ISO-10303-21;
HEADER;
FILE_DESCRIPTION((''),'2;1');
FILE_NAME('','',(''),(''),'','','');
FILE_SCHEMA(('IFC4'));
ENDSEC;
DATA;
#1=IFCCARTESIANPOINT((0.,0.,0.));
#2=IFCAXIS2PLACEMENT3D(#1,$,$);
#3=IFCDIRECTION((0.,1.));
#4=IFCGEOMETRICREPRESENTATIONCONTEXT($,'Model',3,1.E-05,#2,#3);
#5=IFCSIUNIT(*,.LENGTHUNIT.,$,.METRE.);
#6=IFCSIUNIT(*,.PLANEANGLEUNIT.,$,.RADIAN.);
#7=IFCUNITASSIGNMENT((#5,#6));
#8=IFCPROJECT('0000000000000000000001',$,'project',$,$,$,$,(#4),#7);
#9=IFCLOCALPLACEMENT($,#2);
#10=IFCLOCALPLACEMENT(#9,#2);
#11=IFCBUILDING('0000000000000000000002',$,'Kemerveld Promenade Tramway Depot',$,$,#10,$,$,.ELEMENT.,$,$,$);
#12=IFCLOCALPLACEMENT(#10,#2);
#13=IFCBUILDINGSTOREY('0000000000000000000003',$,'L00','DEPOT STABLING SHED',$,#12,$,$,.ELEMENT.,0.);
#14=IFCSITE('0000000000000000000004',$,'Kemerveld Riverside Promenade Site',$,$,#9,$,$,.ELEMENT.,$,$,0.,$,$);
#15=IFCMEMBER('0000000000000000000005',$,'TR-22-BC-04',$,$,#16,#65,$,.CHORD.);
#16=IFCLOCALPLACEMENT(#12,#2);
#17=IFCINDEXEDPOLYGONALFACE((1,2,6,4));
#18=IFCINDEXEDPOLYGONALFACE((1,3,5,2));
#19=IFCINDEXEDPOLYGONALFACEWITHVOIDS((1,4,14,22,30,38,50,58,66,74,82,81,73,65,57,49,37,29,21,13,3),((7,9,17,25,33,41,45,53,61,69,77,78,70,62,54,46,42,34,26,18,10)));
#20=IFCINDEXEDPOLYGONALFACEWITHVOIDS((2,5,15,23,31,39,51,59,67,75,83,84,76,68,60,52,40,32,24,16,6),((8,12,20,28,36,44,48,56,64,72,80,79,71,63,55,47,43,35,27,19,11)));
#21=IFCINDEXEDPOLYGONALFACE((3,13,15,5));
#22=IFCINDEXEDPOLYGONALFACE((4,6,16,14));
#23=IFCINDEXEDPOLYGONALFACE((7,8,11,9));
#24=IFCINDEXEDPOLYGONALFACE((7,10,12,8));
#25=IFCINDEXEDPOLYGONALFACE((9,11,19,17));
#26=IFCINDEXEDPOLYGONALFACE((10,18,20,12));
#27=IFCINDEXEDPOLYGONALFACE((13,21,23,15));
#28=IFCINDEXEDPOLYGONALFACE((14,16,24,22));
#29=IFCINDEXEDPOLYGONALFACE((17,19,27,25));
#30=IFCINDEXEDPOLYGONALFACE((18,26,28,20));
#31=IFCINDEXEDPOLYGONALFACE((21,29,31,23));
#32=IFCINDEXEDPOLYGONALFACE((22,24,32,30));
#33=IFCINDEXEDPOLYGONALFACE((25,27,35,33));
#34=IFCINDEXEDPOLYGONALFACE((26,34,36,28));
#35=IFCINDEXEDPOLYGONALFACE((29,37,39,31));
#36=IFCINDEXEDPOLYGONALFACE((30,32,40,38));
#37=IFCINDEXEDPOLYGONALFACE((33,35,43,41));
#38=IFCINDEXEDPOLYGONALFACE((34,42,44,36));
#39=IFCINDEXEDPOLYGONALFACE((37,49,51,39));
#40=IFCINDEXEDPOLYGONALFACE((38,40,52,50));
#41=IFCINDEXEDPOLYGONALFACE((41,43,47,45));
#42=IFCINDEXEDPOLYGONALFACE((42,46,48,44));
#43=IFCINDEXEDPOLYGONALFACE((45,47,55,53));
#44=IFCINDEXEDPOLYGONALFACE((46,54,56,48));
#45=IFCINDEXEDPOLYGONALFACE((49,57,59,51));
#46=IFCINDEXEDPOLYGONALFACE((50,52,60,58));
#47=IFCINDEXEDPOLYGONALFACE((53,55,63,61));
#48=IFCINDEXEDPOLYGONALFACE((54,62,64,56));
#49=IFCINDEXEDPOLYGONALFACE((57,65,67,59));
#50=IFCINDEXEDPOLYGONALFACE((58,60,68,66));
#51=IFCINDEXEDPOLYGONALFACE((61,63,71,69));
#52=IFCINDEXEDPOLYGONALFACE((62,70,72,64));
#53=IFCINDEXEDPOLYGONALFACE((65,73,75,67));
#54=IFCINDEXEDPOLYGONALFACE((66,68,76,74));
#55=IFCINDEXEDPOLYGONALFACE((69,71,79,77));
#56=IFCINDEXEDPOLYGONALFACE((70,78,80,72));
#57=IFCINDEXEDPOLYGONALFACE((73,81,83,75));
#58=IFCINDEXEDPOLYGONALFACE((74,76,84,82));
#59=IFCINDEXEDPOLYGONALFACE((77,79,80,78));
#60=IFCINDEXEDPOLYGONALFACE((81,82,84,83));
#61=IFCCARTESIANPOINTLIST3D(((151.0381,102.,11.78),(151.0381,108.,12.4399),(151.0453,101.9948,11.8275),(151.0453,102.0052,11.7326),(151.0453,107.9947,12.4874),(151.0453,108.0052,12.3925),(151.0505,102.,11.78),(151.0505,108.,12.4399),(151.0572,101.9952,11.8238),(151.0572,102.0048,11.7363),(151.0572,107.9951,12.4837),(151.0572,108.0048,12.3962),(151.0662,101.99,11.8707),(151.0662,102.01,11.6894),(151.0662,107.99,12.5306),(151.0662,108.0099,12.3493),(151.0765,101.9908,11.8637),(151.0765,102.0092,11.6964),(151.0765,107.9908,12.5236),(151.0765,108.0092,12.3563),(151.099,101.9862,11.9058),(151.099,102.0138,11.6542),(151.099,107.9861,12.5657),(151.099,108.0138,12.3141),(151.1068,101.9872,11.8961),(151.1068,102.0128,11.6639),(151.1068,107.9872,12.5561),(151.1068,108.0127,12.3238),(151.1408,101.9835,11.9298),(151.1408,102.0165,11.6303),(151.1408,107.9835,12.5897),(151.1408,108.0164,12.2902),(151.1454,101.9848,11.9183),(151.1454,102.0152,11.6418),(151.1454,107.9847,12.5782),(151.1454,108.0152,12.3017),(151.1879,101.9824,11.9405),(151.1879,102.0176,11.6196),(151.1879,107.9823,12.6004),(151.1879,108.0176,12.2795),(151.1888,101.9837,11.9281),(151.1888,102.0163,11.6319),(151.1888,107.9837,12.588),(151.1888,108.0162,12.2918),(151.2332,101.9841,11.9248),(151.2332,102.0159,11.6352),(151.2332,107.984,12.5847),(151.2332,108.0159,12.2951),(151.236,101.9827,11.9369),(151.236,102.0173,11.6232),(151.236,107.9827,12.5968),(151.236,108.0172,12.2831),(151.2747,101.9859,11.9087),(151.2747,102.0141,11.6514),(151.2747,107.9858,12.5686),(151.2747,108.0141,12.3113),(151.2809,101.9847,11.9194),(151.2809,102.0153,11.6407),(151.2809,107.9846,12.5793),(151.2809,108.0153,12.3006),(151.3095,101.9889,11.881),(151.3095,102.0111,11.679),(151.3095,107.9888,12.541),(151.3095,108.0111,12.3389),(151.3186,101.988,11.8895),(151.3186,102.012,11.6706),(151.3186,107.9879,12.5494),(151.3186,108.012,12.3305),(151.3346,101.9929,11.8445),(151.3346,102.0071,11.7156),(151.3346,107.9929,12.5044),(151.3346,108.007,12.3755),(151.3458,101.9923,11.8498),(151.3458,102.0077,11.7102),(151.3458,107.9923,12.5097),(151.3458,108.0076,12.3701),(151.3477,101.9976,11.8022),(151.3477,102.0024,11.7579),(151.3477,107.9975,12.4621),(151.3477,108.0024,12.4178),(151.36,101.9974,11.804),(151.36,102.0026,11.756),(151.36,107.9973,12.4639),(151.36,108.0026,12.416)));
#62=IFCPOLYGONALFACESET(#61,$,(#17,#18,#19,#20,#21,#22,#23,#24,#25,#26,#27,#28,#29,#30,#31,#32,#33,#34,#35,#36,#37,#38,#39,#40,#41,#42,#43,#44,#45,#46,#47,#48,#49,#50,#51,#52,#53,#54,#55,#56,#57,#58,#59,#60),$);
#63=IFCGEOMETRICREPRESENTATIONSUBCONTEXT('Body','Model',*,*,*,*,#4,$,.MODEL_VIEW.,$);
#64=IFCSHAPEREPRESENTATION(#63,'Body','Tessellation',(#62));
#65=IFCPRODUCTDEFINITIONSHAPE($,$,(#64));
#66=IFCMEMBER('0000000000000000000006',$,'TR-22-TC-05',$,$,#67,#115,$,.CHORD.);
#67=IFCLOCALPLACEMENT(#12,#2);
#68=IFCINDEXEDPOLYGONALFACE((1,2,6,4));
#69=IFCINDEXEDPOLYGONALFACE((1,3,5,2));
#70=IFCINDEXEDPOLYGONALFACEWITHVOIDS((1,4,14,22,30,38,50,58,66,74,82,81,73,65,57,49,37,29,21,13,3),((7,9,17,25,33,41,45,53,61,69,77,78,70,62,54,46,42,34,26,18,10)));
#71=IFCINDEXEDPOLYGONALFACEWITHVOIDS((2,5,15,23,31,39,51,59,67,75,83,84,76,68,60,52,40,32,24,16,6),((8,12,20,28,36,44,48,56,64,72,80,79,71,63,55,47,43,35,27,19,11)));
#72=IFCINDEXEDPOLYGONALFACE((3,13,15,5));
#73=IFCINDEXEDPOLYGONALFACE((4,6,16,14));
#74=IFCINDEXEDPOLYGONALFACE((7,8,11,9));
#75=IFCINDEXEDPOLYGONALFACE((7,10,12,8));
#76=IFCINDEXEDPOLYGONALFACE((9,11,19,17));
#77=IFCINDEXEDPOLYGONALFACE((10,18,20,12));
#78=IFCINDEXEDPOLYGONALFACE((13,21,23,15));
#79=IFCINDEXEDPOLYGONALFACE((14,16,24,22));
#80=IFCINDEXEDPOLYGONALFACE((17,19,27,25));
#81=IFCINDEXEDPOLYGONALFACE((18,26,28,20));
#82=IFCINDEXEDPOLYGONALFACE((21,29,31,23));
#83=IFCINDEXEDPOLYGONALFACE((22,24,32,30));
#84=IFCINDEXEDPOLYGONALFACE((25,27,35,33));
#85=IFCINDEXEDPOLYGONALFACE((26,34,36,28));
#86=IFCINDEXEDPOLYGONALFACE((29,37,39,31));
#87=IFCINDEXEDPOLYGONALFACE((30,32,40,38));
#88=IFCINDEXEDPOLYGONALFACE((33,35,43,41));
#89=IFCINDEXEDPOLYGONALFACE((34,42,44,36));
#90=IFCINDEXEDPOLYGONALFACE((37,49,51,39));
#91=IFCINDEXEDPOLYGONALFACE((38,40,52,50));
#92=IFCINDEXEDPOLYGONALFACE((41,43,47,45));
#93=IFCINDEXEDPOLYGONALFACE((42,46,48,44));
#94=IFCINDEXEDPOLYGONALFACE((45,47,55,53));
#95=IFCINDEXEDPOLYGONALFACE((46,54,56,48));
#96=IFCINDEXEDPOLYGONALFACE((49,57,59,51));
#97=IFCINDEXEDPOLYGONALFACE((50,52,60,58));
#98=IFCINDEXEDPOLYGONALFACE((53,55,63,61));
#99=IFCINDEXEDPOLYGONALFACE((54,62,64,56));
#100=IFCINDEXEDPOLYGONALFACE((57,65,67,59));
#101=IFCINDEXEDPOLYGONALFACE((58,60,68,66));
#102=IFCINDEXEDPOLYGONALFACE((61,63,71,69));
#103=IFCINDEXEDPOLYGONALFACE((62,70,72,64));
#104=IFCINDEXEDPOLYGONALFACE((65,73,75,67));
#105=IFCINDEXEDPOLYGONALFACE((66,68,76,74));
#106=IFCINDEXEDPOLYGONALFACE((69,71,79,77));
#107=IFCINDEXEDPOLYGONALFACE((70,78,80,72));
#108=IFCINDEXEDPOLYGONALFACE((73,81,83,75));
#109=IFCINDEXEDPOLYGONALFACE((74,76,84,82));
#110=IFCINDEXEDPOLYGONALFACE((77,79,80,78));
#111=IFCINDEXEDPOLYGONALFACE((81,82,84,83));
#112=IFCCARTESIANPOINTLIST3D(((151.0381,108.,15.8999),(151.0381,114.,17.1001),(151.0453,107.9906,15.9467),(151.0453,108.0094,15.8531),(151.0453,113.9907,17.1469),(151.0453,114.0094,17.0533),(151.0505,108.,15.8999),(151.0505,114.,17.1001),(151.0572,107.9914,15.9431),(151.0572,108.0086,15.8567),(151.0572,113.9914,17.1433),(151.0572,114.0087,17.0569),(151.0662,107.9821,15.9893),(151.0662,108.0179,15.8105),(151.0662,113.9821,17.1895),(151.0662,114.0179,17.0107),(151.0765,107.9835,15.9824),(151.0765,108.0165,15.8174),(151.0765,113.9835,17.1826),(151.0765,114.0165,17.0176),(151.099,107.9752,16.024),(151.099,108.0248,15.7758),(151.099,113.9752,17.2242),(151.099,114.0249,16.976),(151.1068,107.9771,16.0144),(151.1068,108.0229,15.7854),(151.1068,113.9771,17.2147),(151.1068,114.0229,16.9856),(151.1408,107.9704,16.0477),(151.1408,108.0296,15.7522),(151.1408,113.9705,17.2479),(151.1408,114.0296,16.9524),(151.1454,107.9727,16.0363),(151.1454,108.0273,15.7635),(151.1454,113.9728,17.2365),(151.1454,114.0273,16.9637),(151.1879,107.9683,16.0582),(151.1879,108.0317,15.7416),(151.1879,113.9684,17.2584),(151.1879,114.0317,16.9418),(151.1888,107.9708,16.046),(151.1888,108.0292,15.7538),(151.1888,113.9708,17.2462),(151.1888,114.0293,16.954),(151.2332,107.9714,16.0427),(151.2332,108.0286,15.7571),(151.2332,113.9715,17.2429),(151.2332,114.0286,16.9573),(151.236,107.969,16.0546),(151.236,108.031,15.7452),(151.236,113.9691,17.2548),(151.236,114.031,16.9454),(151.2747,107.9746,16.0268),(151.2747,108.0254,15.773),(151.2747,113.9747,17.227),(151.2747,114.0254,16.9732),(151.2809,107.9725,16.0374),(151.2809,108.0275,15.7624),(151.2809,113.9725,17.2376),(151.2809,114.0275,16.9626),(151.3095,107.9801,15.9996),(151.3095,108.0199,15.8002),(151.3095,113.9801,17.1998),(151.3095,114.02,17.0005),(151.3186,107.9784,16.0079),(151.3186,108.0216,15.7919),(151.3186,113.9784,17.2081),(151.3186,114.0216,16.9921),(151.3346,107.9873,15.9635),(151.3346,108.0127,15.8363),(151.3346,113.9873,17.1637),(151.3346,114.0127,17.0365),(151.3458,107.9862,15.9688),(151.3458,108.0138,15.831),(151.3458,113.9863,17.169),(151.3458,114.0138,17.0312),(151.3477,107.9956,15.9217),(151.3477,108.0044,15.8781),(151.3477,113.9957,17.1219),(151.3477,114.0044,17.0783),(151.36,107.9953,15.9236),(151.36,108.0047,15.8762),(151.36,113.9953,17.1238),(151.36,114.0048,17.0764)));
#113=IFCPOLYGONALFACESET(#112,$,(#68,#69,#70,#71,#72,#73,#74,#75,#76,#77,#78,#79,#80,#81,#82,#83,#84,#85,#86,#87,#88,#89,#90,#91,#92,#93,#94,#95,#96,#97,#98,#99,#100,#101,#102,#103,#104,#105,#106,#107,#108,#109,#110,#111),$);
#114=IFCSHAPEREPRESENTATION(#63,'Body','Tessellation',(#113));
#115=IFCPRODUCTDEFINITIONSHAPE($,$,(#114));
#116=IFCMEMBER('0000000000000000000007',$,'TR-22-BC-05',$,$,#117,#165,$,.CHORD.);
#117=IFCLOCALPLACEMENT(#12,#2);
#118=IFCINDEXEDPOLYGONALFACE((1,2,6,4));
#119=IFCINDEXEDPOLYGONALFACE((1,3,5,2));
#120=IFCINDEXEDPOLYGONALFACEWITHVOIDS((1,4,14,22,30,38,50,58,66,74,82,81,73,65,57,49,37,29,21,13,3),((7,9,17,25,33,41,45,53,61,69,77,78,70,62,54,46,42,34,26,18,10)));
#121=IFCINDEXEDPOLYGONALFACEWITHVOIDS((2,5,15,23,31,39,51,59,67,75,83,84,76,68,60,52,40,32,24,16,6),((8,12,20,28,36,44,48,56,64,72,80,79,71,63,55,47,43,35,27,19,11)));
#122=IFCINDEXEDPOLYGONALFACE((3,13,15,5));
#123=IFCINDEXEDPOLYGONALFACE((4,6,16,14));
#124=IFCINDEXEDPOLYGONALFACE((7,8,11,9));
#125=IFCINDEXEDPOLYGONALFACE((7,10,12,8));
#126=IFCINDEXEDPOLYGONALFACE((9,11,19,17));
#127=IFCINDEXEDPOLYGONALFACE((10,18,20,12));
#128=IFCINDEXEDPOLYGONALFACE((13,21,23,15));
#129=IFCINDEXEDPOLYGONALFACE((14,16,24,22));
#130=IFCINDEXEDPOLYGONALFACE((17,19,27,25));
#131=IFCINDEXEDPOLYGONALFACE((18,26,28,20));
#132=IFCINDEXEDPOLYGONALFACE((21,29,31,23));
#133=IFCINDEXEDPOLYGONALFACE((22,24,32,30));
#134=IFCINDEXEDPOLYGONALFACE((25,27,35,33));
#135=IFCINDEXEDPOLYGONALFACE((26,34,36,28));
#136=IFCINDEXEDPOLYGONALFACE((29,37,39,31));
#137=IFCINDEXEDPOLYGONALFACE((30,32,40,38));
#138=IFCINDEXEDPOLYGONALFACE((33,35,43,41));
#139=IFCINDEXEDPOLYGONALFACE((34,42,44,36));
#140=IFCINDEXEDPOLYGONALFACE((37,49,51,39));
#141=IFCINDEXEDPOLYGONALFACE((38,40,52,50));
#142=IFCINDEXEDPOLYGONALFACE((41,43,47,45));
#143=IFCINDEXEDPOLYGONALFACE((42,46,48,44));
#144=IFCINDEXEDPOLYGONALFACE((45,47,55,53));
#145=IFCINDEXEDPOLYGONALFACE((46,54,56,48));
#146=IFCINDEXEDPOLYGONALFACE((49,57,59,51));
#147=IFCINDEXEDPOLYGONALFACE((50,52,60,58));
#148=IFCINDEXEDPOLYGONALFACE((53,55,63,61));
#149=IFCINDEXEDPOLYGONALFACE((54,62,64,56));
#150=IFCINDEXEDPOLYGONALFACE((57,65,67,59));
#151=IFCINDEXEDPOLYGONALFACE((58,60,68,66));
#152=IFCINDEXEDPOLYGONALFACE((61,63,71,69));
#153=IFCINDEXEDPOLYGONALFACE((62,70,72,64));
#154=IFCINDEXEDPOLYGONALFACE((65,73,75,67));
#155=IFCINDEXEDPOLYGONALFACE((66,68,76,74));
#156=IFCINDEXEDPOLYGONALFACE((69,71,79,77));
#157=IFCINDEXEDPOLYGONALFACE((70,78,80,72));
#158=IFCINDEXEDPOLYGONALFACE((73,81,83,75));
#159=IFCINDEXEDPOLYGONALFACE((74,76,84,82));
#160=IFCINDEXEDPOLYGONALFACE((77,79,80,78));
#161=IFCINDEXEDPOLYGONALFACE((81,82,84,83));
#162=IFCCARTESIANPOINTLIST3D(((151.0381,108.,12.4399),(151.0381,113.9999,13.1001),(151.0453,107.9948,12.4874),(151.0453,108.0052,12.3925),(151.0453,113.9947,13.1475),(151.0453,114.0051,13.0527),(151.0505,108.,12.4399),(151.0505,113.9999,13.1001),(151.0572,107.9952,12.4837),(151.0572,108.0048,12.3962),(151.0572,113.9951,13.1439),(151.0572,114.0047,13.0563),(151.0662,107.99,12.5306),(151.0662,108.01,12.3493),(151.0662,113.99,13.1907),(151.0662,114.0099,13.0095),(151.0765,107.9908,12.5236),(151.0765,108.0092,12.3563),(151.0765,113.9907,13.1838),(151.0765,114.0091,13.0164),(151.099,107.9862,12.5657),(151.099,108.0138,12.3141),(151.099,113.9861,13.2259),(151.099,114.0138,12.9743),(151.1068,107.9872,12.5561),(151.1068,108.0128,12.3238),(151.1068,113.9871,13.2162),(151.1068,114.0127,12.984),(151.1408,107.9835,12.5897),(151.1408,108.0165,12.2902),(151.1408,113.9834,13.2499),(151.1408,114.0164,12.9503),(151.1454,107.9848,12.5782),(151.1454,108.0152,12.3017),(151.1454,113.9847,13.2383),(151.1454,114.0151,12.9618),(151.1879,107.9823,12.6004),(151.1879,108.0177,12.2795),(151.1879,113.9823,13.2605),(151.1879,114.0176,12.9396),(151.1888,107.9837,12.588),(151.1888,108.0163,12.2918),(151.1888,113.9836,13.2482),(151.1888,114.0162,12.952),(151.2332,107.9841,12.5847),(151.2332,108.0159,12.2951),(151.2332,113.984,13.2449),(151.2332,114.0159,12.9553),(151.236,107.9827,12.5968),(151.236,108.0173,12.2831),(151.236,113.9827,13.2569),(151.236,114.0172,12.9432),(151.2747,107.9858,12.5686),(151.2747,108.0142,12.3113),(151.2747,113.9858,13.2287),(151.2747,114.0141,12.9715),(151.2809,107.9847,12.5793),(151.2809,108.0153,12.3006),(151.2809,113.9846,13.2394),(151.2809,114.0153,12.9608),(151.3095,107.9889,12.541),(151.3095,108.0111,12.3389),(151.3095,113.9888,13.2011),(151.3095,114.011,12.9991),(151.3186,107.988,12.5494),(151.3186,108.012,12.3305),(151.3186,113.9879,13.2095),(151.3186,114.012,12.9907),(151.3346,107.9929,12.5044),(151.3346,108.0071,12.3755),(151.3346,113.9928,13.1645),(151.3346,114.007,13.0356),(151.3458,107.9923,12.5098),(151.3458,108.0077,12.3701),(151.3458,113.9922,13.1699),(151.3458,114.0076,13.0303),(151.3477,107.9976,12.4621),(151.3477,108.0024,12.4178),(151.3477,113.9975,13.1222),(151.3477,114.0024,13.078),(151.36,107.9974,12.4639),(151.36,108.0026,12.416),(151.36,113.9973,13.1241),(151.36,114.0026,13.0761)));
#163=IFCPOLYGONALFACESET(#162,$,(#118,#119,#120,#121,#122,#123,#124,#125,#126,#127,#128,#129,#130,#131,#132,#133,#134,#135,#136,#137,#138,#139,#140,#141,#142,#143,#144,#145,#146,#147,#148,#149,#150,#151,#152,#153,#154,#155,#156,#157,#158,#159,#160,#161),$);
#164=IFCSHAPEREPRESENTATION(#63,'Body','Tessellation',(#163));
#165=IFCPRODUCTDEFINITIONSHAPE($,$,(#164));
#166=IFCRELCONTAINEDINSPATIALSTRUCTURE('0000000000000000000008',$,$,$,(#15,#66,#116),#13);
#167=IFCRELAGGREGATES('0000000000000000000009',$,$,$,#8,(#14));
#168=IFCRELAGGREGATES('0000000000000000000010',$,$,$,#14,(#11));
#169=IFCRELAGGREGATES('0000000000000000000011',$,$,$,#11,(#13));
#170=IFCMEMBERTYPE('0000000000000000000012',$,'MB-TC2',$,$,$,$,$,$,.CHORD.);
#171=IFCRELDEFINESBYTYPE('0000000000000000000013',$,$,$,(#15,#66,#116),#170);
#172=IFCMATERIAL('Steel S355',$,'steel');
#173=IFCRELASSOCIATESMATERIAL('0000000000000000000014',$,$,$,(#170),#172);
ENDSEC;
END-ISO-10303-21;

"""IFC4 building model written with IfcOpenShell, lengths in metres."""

from ifc_helpers import new_model, si_unit, direction, frame, origin, origin_2d, place, context, subcontext, project, spatial, hollow_circle, extrude, material, material_profile, profile_set, type_object, element, save


model = new_model("IFC4")

# Units and contexts
model_context = context("Model", 3, precision=1e-05, world=origin(), true_north=direction((0.0, 1.0)))
body_context = subcontext(model_context, "Body", "Model", "MODEL_VIEW")
ifc_project = project(units=[si_unit("LENGTHUNIT", "METRE"), si_unit("PLANEANGLEUNIT", "RADIAN")], contexts=[model_context])

# Site, building, storey
site_placement = place(None, origin())
site = spatial("IfcSite", under=ifc_project, at=site_placement, Name="Kemerveld Riverside Promenade Site", CompositionType="ELEMENT", RefElevation=0.0)
building_placement = place(site_placement, origin())
building = spatial("IfcBuilding", under=site, at=building_placement, Name="Kemerveld Promenade Tramway Depot", CompositionType="ELEMENT")
storey_placement = place(building_placement, origin())
storey = spatial("IfcBuildingStorey", under=building, at=storey_placement, Name="L00", Description="DEPOT STABLING SHED", CompositionType="ELEMENT", Elevation=0.0)

# Members
ifc_material_1 = material(Name="Steel S355", Category="steel")
ifc_material_profile_1 = material_profile(ifc_material_1, hollow_circle(Radius=0.1619, WallThickness=0.0125, at=origin_2d()), Name="323.9x12.5 CHS")
ifc_profile_set_1 = profile_set([ifc_material_profile_1], Name="Steel S355")
member_type_1 = type_object("IfcMemberType", Name="MB-TC2", PredefinedType="CHORD", material=ifc_profile_set_1)
member_1_placement = place(storey_placement, frame((151.2, 102.0, 11.78), z_axis=(0.0, 0.994006, 0.109326), x_axis=(-1.0, 0.0, 0.0)))
element("IfcMember", 1, at=member_1_placement, inside=storey, type_object=member_type_1, Name="TR-22-BC-04", PredefinedType="CHORD", context=body_context, shape_type="SweptSolid", body=[
    extrude(hollow_circle(Radius=0.1619, WallThickness=0.0125, at=origin_2d()), origin(), (0.0, 0.0, 1.0), 6.0361),
])
member_2_placement = place(storey_placement, frame((151.2, 108.0, 15.8999), z_axis=(0.0, 0.980575, 0.196147), x_axis=(-1.0, 0.0, 0.0)))
element("IfcMember", 2, at=member_2_placement, inside=storey, type_object=member_type_1, Name="TR-22-TC-05", PredefinedType="CHORD", context=body_context, shape_type="SweptSolid", body=[
    extrude(hollow_circle(Radius=0.1619, WallThickness=0.0125, at=origin_2d()), origin(), (0.0, 0.0, 1.0), 6.1189),
])
member_3_placement = place(storey_placement, frame((151.2, 108.0, 12.4399), z_axis=(0.0, 0.994002, 0.109366), x_axis=(-1.0, 0.0, 0.0)))
element("IfcMember", 3, at=member_3_placement, inside=storey, type_object=member_type_1, Name="TR-22-BC-05", PredefinedType="CHORD", context=body_context, shape_type="SweptSolid", body=[
    extrude(hollow_circle(Radius=0.1619, WallThickness=0.0125, at=origin_2d()), origin(), (0.0, 0.0, 1.0), 6.0361),
])

save(model, "model.ifc")
